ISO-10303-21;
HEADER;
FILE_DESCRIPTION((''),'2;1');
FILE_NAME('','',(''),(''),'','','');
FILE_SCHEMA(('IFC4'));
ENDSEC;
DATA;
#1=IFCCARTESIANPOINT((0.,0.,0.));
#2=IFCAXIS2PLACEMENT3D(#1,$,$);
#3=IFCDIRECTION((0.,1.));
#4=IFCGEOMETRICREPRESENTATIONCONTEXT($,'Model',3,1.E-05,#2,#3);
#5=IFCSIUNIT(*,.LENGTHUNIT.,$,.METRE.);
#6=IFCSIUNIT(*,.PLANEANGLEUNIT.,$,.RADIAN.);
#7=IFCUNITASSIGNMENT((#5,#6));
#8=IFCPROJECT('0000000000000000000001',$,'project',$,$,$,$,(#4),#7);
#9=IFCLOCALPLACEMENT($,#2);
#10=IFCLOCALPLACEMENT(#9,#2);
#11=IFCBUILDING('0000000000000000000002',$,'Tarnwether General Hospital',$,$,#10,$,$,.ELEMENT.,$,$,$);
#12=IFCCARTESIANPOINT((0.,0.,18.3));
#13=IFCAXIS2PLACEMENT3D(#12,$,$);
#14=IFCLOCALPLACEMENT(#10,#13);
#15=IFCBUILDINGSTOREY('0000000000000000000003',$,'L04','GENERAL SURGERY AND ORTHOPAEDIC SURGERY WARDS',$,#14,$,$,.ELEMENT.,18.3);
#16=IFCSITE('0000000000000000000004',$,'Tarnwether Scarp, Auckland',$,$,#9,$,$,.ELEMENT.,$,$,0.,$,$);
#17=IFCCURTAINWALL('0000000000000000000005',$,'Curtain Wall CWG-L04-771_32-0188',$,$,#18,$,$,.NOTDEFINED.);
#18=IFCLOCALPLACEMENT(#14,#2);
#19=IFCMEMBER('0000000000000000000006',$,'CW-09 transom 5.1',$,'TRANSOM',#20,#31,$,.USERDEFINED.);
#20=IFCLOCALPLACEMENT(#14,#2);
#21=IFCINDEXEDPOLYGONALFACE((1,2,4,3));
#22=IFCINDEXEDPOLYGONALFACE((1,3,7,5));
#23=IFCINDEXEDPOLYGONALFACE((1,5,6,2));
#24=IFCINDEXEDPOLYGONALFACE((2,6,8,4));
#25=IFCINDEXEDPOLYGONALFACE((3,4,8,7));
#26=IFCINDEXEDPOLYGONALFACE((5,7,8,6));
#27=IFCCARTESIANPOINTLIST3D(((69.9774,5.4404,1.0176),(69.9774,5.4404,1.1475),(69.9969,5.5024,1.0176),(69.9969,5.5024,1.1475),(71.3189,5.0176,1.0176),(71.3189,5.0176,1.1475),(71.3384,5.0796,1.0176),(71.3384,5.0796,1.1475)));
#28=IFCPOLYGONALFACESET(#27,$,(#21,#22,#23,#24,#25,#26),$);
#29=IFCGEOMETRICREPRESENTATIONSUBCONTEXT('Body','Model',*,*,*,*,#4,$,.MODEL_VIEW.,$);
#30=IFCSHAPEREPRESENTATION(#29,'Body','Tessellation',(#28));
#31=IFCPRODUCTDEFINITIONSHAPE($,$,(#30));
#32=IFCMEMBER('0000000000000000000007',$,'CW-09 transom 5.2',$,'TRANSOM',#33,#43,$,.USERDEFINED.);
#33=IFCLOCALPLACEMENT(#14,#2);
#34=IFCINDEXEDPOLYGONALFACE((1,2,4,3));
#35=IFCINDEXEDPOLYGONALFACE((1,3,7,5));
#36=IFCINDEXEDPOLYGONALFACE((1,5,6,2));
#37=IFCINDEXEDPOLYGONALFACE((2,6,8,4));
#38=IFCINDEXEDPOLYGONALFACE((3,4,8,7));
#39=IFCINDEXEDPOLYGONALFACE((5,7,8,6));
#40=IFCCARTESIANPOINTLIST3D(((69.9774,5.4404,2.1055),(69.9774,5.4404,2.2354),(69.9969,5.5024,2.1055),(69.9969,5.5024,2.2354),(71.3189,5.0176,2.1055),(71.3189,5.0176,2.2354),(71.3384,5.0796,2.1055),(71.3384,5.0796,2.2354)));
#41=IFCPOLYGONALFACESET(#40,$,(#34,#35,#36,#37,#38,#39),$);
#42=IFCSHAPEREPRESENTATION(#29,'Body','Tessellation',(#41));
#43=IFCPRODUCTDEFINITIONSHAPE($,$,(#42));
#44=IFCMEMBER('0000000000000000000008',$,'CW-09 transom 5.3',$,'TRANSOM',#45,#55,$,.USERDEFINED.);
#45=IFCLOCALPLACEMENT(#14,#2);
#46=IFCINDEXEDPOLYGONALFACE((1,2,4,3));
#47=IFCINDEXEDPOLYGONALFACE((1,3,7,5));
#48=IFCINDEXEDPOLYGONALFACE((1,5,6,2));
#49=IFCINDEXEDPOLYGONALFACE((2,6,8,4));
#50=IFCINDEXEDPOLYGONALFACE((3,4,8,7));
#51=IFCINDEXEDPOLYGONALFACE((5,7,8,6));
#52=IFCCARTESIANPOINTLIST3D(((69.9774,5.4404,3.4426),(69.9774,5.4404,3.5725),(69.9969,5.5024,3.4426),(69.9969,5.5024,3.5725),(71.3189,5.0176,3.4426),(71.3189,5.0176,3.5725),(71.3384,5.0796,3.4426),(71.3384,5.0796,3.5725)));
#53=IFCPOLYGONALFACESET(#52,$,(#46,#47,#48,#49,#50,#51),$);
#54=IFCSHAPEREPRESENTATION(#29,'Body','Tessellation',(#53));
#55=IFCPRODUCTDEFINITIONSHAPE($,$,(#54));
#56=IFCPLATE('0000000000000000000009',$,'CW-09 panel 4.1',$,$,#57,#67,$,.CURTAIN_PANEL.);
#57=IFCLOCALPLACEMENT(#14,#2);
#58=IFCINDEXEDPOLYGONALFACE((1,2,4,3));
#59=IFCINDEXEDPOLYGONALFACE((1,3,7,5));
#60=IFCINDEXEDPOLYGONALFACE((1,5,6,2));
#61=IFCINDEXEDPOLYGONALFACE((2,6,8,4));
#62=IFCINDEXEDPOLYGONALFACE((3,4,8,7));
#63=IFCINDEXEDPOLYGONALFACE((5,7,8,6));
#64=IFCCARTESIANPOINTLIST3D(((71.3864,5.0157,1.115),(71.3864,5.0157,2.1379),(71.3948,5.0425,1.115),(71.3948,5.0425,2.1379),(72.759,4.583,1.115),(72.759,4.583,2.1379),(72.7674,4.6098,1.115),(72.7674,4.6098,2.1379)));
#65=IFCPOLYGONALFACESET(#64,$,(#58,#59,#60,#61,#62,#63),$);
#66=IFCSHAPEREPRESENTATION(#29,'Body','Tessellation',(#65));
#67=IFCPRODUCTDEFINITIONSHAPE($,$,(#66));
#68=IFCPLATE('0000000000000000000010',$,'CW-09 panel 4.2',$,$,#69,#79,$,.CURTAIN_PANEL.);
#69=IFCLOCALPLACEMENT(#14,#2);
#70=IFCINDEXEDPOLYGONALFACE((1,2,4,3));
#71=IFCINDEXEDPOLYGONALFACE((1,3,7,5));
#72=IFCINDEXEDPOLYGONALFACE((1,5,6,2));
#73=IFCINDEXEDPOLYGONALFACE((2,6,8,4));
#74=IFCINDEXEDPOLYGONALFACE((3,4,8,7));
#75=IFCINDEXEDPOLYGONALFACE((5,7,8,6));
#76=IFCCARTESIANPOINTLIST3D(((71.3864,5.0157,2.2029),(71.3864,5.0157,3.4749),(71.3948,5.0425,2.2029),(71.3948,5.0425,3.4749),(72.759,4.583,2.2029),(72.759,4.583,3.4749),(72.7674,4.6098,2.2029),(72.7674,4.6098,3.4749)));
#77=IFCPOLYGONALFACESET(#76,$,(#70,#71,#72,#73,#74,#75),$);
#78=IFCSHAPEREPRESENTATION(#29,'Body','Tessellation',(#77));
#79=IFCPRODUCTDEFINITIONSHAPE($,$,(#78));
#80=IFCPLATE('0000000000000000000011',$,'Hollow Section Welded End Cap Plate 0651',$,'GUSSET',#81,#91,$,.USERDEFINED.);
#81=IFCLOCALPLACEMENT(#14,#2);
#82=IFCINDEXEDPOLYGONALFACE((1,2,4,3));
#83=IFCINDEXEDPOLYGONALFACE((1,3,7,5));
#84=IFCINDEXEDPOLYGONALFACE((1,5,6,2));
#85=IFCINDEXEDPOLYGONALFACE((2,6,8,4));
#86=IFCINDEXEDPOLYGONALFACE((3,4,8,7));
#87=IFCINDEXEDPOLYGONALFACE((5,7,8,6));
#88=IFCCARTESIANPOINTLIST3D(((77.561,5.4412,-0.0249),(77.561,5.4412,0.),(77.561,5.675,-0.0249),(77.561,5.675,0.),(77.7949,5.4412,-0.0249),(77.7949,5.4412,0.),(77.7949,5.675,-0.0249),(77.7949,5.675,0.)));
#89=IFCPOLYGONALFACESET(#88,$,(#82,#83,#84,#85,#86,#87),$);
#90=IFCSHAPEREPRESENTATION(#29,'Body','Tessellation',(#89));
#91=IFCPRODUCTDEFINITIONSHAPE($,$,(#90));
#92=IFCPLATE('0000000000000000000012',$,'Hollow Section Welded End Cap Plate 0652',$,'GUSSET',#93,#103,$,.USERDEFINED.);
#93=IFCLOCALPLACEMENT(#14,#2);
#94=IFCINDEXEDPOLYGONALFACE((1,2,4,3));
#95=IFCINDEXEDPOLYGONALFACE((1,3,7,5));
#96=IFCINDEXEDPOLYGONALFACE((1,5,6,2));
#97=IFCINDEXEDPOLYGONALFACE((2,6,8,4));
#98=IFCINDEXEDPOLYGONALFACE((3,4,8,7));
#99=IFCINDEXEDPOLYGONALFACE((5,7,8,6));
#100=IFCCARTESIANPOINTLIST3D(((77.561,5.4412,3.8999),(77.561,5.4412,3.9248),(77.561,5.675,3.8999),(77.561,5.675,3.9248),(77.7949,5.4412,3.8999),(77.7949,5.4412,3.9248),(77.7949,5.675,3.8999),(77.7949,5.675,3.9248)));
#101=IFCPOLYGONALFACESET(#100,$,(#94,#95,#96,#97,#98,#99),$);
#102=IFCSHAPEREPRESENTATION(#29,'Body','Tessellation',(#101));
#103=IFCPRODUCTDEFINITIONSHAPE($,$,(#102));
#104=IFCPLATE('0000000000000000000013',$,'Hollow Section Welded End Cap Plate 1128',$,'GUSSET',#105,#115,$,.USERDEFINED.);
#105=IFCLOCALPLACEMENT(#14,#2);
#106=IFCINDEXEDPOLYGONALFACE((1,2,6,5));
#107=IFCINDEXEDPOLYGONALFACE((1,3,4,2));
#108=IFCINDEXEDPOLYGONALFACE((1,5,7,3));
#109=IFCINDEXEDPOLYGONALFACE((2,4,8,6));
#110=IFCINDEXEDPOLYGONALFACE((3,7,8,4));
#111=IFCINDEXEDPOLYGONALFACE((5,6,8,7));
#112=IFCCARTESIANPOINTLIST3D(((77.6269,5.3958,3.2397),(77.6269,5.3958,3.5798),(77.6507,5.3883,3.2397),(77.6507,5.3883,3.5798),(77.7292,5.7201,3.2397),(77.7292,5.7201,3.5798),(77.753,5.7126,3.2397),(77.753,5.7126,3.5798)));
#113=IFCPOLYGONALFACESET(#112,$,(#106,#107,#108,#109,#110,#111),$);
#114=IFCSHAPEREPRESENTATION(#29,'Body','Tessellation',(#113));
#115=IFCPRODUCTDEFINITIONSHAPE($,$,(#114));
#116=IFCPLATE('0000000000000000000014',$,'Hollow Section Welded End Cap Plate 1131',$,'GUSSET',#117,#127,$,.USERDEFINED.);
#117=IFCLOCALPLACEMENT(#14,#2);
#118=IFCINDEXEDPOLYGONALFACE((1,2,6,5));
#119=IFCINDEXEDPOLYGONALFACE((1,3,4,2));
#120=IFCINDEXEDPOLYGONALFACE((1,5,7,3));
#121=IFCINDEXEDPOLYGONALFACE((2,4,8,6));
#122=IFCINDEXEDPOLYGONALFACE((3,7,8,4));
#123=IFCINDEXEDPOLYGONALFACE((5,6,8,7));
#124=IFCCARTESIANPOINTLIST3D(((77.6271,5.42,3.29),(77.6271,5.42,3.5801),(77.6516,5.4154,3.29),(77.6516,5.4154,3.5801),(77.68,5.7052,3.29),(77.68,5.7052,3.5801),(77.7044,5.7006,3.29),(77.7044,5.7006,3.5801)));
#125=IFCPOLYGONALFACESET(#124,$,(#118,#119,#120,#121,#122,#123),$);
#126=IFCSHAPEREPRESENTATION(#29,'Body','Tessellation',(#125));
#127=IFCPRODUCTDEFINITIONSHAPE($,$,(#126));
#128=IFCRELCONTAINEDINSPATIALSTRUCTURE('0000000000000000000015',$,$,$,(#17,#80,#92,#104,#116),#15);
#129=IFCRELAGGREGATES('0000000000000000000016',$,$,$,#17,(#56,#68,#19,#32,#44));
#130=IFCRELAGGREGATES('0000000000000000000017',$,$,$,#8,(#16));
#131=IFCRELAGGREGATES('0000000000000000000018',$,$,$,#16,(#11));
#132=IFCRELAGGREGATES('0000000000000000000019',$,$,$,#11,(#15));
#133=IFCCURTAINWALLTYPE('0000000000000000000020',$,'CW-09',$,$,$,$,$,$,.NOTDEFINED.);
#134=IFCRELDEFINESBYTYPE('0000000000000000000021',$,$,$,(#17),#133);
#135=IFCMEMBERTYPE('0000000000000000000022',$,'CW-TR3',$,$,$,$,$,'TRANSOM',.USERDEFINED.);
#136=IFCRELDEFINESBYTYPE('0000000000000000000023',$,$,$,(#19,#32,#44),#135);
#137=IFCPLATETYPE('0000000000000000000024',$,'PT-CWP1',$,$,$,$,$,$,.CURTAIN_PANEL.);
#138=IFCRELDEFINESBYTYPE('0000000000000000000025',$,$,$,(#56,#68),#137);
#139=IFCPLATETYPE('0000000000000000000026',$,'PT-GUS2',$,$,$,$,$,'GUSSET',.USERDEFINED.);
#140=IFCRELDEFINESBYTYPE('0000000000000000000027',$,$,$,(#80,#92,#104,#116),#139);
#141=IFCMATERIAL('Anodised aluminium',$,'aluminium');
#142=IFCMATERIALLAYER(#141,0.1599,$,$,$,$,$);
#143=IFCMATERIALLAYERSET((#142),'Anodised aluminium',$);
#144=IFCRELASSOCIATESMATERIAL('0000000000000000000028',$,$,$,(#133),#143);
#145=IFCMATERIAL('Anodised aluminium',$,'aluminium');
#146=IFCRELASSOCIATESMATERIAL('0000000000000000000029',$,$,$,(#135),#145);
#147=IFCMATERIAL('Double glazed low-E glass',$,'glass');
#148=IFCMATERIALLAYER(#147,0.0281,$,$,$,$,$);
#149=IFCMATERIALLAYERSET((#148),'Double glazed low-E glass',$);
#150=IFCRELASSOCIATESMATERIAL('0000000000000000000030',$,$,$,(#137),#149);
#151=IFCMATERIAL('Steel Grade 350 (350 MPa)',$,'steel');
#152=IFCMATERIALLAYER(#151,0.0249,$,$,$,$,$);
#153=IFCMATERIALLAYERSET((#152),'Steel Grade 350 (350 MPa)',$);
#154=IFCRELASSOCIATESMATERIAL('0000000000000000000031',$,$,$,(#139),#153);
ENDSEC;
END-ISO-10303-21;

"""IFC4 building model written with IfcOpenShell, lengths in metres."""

from ifc_helpers import new_model, si_unit, direction, frame, origin, origin_2d, place, context, subcontext, project, spatial, rectangle, extrude, material, layer, layer_set, material_profile, profile_set, type_object, element, aggregate, save


model = new_model("IFC4")

# Units and contexts
model_context = context("Model", 3, precision=1e-05, world=origin(), true_north=direction((0.0, 1.0)))
body_context = subcontext(model_context, "Body", "Model", "MODEL_VIEW")
ifc_project = project(units=[si_unit("LENGTHUNIT", "METRE"), si_unit("PLANEANGLEUNIT", "RADIAN")], contexts=[model_context])

# Site, building, storey
site_placement = place(None, origin())
site = spatial("IfcSite", under=ifc_project, at=site_placement, Name="Tarnwether Scarp, Auckland", CompositionType="ELEMENT", RefElevation=0.0)
building_placement = place(site_placement, origin())
building = spatial("IfcBuilding", under=site, at=building_placement, Name="Tarnwether General Hospital", CompositionType="ELEMENT")
storey_placement = place(building_placement, frame((0.0, 0.0, 18.3)))
storey = spatial("IfcBuildingStorey", under=building, at=storey_placement, Name="L04", Description="GENERAL SURGERY AND ORTHOPAEDIC SURGERY WARDS", CompositionType="ELEMENT", Elevation=18.3)

# Curtain wall, members, plates
ifc_material_1 = material(Name="Anodised aluminium", Category="aluminium")
ifc_layer_1 = layer(ifc_material_1, 0.1599)
ifc_layer_set_1 = layer_set([ifc_layer_1], Name="Anodised aluminium")
curtain_wall_type = type_object("IfcCurtainWallType", Name="CW-09", PredefinedType="NOTDEFINED", material=ifc_layer_set_1)
curtain_wall_placement = place(storey_placement, origin())
curtain_wall = element("IfcCurtainWall", 1, at=curtain_wall_placement, inside=storey, type_object=curtain_wall_type, Name="Curtain Wall CWG-L04-771_32-0188", PredefinedType="NOTDEFINED")
ifc_material_2 = material(Name="Anodised aluminium", Category="aluminium")
ifc_material_profile_1 = material_profile(ifc_material_2, rectangle(XDim=0.0649, YDim=0.1299, at=origin_2d()), Name="ALU-TRN-65x130")
ifc_profile_set_1 = profile_set([ifc_material_profile_1], Name="Anodised aluminium")
member_type_1 = type_object("IfcMemberType", Name="CW-TR3", ElementType="TRANSOM", PredefinedType="USERDEFINED", material=ifc_profile_set_1)
member_1_placement = place(storey_placement, frame((71.3286, 5.0486, 1.0825), z_axis=(-0.953745, 0.300616, 0.0), x_axis=(-0.300616, -0.953745, 0.0)))
member_1 = element("IfcMember", 2, at=member_1_placement, type_object=member_type_1, Name="CW-09 transom 5.1", ObjectType="TRANSOM", PredefinedType="USERDEFINED", context=body_context, shape_type="SweptSolid", body=[
    extrude(rectangle(XDim=0.0649, YDim=0.1299, at=origin_2d()), origin(), (0.0, 0.0, 1.0), 1.4065),
])
member_2_placement = place(storey_placement, frame((71.3286, 5.0486, 2.1704), z_axis=(-0.953745, 0.300616, 0.0), x_axis=(-0.300616, -0.953745, 0.0)))
member_2 = element("IfcMember", 3, at=member_2_placement, type_object=member_type_1, Name="CW-09 transom 5.2", ObjectType="TRANSOM", PredefinedType="USERDEFINED", context=body_context, shape_type="SweptSolid", body=[
    extrude(rectangle(XDim=0.0649, YDim=0.1299, at=origin_2d()), origin(), (0.0, 0.0, 1.0), 1.4065),
])
member_3_placement = place(storey_placement, frame((71.3286, 5.0486, 3.5076), z_axis=(-0.953745, 0.300616, 0.0), x_axis=(-0.300616, -0.953745, 0.0)))
member_3 = element("IfcMember", 4, at=member_3_placement, type_object=member_type_1, Name="CW-09 transom 5.3", ObjectType="TRANSOM", PredefinedType="USERDEFINED", context=body_context, shape_type="SweptSolid", body=[
    extrude(rectangle(XDim=0.0649, YDim=0.1299, at=origin_2d()), origin(), (0.0, 0.0, 1.0), 1.4065),
])
ifc_material_3 = material(Name="Double glazed low-E glass", Category="glass")
ifc_layer_2 = layer(ifc_material_3, 0.0281)
ifc_layer_set_2 = layer_set([ifc_layer_2], Name="Double glazed low-E glass")
plate_type_1 = type_object("IfcPlateType", Name="PT-CWP1", PredefinedType="CURTAIN_PANEL", material=ifc_layer_set_2)
plate_1_placement = place(storey_placement, frame((72.0769, 4.8127, 1.115), z_axis=(0.0, 0.0, 1.0), x_axis=(-0.953741, 0.300629, 0.0)))
plate_1 = element("IfcPlate", 5, at=plate_1_placement, type_object=plate_type_1, Name="CW-09 panel 4.1", PredefinedType="CURTAIN_PANEL", context=body_context, shape_type="SweptSolid", body=[
    extrude(rectangle(XDim=1.4392, YDim=0.0281, at=origin_2d()), origin(), (0.0, 0.0, 1.0), 1.0229),
])
plate_2_placement = place(storey_placement, frame((72.0769, 4.8127, 2.2029), z_axis=(0.0, 0.0, 1.0), x_axis=(-0.953741, 0.300629, 0.0)))
plate_2 = element("IfcPlate", 6, at=plate_2_placement, type_object=plate_type_1, Name="CW-09 panel 4.2", PredefinedType="CURTAIN_PANEL", context=body_context, shape_type="SweptSolid", body=[
    extrude(rectangle(XDim=1.4392, YDim=0.0281, at=origin_2d()), origin(), (0.0, 0.0, 1.0), 1.272),
])
aggregate(curtain_wall, [plate_1, plate_2, member_1, member_2, member_3])

# Plates
ifc_material_4 = material(Name="Steel Grade 350 (350 MPa)", Category="steel")
ifc_layer_3 = layer(ifc_material_4, 0.0249)
ifc_layer_set_3 = layer_set([ifc_layer_3], Name="Steel Grade 350 (350 MPa)")
plate_type_2 = type_object("IfcPlateType", Name="PT-GUS2", ElementType="GUSSET", PredefinedType="USERDEFINED", material=ifc_layer_set_3)
for number, where, z_axis, x_axis, name in (
    (7, (77.678, 5.5581, -0.0249), (0.0, 0.0, 1.0), (1.0, 0.0, 0.0), "Hollow Section Welded End Cap Plate 0651"),
    (8, (77.678, 5.5581, 3.8999), (0.0, 0.0, 1.0), (1.0, 0.0, 0.0), "Hollow Section Welded End Cap Plate 0652"),
):
    element("IfcPlate", number, at=place(storey_placement, frame(where, z_axis=z_axis, x_axis=x_axis)), inside=storey, type_object=plate_type_2, Name=name, ObjectType="GUSSET", PredefinedType="USERDEFINED", context=body_context, shape_type="SweptSolid", body=[
        extrude(rectangle(XDim=0.2339, YDim=0.2339, at=origin_2d()), origin(), (0.0, 0.0, 1.0), 0.0249),
    ])
plate_3_placement = place(storey_placement, frame((77.6899, 5.5542, 3.2397), z_axis=(0.0, 0.0, 1.0), x_axis=(0.953691, -0.300789, 0.0)))
element("IfcPlate", 9, at=plate_3_placement, inside=storey, type_object=plate_type_2, Name="Hollow Section Welded End Cap Plate 1128", ObjectType="GUSSET", PredefinedType="USERDEFINED", context=body_context, shape_type="SweptSolid", body=[
    extrude(rectangle(XDim=0.0249, YDim=0.3401, at=origin_2d()), origin(), (0.0, 0.0, 1.0), 0.3401),
])
plate_4_placement = place(storey_placement, frame((77.6658, 5.5603, 3.29), z_axis=(0.0, 0.0, 1.0), x_axis=(0.983261, -0.182201, 0.0)))
element("IfcPlate", 10, at=plate_4_placement, inside=storey, type_object=plate_type_2, Name="Hollow Section Welded End Cap Plate 1131", ObjectType="GUSSET", PredefinedType="USERDEFINED", context=body_context, shape_type="SweptSolid", body=[
    extrude(rectangle(XDim=0.0249, YDim=0.29, at=origin_2d()), origin(), (0.0, 0.0, 1.0), 0.29),
])

save(model, "model.ifc")
